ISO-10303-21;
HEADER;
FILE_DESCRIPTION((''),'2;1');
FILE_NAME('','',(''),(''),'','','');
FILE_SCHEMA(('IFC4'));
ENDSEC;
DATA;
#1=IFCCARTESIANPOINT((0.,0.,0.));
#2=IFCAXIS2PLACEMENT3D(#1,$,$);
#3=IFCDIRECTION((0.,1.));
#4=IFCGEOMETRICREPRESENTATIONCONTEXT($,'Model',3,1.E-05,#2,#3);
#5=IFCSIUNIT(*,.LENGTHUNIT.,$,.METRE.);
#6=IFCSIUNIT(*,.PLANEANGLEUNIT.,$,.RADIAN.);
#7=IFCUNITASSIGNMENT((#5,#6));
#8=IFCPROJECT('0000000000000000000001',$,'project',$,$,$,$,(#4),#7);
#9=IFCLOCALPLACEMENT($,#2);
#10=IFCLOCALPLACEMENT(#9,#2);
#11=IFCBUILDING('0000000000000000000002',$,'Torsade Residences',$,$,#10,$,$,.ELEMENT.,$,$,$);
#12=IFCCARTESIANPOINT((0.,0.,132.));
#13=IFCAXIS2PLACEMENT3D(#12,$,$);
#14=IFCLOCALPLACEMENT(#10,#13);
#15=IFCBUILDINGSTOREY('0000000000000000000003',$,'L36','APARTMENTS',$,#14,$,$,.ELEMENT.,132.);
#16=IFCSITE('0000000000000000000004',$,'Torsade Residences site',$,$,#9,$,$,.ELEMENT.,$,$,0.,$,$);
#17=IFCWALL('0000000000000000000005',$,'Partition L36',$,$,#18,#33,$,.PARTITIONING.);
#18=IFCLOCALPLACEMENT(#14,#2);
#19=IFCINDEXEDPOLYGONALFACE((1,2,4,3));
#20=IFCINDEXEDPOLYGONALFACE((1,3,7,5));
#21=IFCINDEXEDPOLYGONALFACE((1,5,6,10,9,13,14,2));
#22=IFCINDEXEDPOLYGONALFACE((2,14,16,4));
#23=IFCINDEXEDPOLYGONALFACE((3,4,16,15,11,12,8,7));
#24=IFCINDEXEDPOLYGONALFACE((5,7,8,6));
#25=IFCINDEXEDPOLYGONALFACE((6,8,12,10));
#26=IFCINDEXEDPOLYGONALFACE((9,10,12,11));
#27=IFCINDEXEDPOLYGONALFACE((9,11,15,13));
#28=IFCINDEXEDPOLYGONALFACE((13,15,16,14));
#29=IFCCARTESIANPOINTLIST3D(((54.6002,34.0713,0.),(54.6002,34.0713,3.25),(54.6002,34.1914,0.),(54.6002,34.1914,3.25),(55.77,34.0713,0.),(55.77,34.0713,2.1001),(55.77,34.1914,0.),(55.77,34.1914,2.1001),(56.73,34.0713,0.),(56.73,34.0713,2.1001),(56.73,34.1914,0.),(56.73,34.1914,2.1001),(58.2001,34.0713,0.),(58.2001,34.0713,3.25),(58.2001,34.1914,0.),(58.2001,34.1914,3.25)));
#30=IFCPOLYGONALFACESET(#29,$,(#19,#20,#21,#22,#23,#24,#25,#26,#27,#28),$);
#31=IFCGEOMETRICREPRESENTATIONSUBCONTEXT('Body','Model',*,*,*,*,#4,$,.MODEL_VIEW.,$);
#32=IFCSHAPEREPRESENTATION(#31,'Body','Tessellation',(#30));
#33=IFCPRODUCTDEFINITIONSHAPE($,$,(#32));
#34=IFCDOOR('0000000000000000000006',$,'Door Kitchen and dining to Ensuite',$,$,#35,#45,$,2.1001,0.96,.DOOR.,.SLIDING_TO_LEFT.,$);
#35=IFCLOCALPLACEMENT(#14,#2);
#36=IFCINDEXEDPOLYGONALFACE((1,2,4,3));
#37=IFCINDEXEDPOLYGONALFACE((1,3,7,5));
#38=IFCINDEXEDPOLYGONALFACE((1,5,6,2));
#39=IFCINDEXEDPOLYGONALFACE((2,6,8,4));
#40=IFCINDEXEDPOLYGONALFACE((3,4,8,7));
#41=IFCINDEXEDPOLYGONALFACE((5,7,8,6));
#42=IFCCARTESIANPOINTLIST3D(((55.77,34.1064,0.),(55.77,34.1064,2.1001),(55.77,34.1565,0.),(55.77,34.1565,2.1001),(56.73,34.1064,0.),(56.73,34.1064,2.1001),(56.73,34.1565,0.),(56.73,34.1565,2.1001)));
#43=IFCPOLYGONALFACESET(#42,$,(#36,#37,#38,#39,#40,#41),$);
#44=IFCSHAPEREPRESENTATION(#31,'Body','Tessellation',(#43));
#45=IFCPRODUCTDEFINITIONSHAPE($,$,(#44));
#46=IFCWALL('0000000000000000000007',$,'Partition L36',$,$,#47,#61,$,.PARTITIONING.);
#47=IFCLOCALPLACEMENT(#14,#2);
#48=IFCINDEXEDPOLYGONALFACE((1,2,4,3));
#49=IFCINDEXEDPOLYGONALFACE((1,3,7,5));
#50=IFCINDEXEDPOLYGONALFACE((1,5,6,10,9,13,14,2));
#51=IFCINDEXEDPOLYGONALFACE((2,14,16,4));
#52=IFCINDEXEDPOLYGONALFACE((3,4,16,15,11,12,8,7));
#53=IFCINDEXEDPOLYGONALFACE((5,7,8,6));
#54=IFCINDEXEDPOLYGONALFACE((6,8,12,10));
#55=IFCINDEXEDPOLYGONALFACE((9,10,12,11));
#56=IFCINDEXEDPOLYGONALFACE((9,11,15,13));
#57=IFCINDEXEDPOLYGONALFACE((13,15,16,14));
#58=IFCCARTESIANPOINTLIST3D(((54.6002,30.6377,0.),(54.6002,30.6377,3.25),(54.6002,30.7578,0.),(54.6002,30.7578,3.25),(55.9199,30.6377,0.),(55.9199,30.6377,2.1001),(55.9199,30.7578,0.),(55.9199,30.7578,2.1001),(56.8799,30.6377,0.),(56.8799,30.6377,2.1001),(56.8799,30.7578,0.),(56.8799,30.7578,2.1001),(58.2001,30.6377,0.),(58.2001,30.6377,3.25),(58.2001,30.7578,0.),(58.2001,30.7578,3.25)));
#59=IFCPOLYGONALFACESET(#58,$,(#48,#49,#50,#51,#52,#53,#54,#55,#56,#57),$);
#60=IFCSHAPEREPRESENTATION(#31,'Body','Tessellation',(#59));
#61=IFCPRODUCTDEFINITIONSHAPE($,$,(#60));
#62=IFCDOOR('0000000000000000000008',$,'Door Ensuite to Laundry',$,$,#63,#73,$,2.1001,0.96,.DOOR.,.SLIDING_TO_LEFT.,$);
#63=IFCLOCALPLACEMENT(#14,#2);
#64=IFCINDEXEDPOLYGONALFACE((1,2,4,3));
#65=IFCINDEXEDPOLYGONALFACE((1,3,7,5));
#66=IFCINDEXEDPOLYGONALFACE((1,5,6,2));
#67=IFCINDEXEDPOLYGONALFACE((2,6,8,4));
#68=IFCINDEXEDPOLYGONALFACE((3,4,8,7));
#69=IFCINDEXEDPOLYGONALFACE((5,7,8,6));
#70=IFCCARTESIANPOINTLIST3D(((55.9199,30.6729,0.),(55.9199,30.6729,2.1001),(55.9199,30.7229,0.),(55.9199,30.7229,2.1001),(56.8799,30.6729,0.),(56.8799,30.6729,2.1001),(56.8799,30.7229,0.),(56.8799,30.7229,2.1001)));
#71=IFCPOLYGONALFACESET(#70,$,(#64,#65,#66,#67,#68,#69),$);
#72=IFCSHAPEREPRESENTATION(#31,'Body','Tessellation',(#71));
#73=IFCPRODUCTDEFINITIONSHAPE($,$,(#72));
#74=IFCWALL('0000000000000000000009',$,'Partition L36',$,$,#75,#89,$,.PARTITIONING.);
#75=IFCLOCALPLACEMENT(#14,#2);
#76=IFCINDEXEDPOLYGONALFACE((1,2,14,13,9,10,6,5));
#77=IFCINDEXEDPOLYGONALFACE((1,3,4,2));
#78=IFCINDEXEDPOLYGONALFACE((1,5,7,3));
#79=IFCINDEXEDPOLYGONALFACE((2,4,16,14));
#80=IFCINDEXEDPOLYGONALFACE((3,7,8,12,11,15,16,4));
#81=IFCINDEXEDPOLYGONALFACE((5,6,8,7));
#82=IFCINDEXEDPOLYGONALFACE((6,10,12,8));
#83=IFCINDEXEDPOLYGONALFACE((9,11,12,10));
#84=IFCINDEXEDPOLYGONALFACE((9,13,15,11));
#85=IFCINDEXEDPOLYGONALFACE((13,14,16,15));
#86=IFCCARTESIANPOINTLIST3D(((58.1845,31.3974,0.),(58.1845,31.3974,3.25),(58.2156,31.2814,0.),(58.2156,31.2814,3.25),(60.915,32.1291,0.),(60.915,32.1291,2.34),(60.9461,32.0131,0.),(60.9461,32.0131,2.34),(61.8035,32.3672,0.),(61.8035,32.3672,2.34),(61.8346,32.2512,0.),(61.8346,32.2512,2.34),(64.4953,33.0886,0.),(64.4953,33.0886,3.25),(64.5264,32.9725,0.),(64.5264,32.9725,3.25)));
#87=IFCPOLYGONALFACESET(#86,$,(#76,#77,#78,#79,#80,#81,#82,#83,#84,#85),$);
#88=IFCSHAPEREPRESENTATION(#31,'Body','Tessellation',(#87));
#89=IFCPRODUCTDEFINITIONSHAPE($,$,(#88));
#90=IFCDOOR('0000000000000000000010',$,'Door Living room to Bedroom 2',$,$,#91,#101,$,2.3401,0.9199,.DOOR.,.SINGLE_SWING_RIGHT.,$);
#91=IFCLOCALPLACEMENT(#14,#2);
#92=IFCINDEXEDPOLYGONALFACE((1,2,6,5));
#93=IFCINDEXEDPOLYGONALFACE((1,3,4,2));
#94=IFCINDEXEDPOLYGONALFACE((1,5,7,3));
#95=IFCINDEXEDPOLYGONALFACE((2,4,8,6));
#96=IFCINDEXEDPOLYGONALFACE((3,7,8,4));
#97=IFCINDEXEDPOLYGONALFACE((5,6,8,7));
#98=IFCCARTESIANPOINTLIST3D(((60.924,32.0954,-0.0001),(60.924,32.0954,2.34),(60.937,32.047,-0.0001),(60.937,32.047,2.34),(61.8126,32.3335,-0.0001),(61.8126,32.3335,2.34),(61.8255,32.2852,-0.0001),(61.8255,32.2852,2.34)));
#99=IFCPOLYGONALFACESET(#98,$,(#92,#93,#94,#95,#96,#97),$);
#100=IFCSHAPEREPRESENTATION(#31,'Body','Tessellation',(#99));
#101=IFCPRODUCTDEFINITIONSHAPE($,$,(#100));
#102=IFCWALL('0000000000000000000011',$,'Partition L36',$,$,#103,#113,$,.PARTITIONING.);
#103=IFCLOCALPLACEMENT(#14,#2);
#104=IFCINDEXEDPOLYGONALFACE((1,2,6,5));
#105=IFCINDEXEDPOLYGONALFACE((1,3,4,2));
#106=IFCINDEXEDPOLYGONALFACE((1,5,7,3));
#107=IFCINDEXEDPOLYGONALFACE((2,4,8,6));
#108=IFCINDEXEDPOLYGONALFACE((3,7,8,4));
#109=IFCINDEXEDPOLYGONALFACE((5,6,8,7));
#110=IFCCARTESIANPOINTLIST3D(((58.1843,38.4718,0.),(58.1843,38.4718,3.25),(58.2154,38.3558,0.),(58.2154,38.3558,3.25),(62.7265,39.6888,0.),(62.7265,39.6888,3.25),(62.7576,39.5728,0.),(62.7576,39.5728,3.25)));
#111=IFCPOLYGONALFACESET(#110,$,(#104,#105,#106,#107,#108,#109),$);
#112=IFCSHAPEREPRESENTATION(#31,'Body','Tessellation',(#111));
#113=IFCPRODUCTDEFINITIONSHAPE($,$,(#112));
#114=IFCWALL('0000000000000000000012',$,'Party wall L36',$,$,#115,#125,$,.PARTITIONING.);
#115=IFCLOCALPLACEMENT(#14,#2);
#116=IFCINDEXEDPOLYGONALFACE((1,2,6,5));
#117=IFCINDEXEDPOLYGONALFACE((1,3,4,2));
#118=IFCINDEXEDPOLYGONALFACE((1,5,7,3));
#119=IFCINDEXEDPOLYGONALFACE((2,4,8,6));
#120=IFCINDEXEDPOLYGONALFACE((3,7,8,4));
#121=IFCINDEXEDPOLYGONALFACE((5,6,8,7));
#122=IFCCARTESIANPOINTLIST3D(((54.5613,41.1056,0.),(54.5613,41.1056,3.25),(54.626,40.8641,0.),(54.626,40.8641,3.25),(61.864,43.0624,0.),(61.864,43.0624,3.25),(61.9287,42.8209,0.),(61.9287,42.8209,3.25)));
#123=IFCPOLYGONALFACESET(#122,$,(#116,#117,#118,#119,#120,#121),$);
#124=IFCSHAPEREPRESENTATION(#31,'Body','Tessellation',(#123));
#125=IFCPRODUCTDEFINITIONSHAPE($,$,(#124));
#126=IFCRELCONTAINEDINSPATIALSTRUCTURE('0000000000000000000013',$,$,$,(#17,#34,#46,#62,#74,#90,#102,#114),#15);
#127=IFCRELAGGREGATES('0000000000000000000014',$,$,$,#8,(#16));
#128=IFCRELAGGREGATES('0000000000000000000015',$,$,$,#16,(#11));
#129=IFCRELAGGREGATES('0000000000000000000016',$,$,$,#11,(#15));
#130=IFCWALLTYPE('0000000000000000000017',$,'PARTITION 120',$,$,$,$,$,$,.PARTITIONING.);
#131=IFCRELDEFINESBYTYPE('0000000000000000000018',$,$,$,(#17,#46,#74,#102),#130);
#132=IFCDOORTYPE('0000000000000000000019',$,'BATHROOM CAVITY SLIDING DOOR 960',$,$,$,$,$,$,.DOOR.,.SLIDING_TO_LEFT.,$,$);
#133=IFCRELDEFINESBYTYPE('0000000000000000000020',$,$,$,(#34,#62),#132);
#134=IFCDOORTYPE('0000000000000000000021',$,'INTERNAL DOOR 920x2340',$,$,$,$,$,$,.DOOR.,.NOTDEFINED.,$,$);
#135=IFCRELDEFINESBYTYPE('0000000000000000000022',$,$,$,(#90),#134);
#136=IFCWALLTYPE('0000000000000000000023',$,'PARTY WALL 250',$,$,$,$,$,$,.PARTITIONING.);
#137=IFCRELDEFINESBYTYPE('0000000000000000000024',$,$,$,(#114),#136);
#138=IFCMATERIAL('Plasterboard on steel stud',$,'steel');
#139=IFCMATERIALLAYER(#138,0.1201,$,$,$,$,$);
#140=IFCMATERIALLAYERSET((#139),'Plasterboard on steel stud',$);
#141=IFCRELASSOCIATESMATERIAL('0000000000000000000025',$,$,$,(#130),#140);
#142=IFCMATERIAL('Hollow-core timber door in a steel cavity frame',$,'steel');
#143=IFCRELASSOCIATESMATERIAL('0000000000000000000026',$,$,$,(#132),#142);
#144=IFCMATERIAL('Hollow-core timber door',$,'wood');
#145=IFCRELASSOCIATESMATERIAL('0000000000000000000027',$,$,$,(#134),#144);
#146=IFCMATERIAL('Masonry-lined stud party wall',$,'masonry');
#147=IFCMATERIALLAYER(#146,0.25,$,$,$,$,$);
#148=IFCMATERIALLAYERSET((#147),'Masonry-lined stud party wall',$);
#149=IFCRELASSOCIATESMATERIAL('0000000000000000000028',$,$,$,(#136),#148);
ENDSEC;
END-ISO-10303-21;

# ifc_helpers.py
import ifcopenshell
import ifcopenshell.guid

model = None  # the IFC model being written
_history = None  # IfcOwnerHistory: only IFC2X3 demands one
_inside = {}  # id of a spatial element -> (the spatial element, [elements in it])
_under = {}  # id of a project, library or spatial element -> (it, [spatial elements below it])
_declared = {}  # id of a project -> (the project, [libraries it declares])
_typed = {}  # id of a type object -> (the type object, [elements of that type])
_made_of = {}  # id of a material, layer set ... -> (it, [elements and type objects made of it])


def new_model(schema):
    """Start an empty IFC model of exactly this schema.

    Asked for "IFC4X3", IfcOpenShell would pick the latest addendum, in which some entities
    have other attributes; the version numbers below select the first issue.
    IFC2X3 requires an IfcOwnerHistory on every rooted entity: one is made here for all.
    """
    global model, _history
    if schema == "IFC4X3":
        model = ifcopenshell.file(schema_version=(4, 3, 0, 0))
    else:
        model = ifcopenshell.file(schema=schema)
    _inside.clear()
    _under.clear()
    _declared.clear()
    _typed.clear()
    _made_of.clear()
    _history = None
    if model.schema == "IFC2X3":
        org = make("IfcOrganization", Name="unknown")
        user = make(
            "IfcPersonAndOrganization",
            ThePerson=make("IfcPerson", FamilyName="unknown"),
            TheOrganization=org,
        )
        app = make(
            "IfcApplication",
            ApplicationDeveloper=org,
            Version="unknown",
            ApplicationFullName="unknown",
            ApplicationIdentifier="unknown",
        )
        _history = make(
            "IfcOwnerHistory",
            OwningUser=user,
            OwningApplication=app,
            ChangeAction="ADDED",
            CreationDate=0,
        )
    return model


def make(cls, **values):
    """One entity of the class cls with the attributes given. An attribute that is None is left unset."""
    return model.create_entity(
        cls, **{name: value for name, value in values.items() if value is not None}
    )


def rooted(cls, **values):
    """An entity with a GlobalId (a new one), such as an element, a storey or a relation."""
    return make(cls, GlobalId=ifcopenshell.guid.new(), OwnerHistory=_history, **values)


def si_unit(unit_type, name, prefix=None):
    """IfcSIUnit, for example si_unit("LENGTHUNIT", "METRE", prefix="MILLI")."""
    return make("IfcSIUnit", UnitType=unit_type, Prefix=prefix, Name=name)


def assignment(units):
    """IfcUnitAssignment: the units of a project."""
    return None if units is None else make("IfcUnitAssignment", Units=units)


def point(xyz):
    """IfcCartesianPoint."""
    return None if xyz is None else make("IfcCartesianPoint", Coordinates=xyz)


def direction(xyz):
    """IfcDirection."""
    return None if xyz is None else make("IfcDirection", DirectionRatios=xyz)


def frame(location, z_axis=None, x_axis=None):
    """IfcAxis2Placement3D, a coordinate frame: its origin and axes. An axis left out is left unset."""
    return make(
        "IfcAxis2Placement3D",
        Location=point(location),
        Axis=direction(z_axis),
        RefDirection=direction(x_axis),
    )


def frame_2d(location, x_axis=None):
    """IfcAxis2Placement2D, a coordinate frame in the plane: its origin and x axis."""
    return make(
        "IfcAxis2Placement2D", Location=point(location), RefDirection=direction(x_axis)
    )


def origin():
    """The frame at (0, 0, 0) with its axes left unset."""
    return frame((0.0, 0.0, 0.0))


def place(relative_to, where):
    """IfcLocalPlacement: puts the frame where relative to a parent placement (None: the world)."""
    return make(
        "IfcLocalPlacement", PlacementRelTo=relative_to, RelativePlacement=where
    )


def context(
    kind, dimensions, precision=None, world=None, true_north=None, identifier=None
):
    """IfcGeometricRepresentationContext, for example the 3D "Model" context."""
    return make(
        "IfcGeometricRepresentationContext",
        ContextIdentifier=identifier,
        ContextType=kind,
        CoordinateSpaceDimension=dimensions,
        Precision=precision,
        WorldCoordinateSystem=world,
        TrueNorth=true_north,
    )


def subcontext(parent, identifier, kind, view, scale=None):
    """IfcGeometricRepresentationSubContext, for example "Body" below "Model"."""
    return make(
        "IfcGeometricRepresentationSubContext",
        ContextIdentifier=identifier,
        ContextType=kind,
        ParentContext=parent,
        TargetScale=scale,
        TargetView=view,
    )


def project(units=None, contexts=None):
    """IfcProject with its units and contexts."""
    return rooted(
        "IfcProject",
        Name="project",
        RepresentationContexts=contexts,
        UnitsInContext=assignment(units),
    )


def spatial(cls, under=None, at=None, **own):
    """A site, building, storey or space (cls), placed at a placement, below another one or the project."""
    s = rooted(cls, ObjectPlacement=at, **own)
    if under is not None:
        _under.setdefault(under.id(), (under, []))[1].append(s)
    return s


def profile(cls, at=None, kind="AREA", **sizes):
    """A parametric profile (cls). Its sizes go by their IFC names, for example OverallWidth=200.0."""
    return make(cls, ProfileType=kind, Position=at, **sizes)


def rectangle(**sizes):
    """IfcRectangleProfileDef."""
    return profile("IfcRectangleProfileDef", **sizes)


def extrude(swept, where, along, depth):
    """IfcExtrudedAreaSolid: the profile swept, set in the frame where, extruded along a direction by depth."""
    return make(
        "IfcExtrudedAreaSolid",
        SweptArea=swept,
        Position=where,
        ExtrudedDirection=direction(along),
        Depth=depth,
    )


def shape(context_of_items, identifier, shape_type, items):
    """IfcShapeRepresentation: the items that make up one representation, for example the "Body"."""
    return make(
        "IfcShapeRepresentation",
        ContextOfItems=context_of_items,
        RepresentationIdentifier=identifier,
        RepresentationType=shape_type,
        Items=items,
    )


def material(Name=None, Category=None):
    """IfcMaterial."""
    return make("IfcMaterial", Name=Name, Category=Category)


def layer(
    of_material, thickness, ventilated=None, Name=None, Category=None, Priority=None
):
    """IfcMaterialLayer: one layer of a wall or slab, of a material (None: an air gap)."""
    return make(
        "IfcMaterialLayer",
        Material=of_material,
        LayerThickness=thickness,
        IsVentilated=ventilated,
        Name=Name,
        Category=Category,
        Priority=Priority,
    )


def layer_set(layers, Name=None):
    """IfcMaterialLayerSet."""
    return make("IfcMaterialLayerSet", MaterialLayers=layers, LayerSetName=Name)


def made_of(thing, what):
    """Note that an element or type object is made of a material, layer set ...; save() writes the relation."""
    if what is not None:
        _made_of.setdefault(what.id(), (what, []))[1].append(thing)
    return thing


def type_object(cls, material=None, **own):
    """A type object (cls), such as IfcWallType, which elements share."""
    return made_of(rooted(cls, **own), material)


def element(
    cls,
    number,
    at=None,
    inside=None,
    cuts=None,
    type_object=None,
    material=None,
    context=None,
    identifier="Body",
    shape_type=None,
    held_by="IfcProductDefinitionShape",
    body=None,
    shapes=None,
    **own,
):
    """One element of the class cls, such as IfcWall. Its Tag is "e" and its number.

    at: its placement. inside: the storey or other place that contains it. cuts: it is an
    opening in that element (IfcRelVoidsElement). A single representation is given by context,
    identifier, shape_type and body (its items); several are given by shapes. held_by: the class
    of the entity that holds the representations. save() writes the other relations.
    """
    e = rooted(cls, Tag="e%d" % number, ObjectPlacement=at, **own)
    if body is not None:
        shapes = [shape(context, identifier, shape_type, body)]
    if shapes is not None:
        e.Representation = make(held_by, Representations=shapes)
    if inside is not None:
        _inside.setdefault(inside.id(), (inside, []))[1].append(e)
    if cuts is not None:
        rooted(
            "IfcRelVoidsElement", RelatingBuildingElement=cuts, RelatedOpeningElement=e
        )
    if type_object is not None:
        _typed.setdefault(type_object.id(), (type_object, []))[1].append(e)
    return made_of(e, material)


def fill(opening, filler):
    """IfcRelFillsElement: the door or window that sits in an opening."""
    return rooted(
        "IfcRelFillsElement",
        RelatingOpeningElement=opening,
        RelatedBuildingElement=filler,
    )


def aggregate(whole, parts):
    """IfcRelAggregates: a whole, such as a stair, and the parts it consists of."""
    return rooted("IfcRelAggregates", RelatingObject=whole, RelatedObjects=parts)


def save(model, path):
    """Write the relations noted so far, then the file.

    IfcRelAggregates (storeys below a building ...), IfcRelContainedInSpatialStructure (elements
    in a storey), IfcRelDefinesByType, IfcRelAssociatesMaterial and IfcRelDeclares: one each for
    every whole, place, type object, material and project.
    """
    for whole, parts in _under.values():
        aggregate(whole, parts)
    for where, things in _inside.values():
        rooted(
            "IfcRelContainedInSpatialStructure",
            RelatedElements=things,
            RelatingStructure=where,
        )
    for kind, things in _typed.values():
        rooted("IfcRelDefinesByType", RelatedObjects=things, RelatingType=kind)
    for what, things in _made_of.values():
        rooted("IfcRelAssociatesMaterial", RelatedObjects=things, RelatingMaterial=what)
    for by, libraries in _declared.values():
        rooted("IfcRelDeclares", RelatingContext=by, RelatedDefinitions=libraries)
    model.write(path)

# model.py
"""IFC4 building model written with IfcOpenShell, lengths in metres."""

from ifc_helpers import new_model, si_unit, direction, frame, frame_2d, origin, place, context, subcontext, project, spatial, rectangle, extrude, material, layer, layer_set, type_object, element, fill, save


model = new_model("IFC4")

# Units and contexts
model_context = context("Model", 3, precision=1e-05, world=origin(), true_north=direction((0.0, 1.0)))
body_context = subcontext(model_context, "Body", "Model", "MODEL_VIEW")
ifc_project = project(units=[si_unit("LENGTHUNIT", "METRE"), si_unit("PLANEANGLEUNIT", "RADIAN")], contexts=[model_context])

# Site, building, storey
site_placement = place(None, origin())
site = spatial("IfcSite", under=ifc_project, at=site_placement, Name="Torsade Residences site", CompositionType="ELEMENT", RefElevation=0.0)
building_placement = place(site_placement, origin())
building = spatial("IfcBuilding", under=site, at=building_placement, Name="Torsade Residences", CompositionType="ELEMENT")
storey_placement = place(building_placement, frame((0.0, 0.0, 132.0)))
storey = spatial("IfcBuildingStorey", under=building, at=storey_placement, Name="L36", Description="APARTMENTS", CompositionType="ELEMENT", Elevation=132.0)

# Walls, openings, doors
ifc_material_1 = material(Name="Plasterboard on steel stud", Category="steel")
ifc_layer_1 = layer(ifc_material_1, 0.1201)
ifc_layer_set_1 = layer_set([ifc_layer_1], Name="Plasterboard on steel stud")
wall_type_1 = type_object("IfcWallType", Name="PARTITION 120", PredefinedType="PARTITIONING", material=ifc_layer_set_1)
wall_1_placement = place(storey_placement, frame((58.2, 34.1313, 0.0), z_axis=(0.0, 0.0, 1.0), x_axis=(-1.0, 0.0, 0.0)))
wall_1 = element("IfcWall", 1, at=wall_1_placement, inside=storey, type_object=wall_type_1, Name="Partition L36", PredefinedType="PARTITIONING", context=body_context, shape_type="SweptSolid", body=[
    extrude(rectangle(XDim=3.5999, YDim=0.1201, at=frame_2d((1.7998, 0.0))), origin(), (0.0, 0.0, 1.0), 3.25),
])
opening_1_placement = place(wall_1_placement, frame((1.47, 0.0, 0.0)))
opening_1 = element("IfcOpeningElement", 2, at=opening_1_placement, cuts=wall_1, PredefinedType="OPENING", context=body_context, shape_type="SweptSolid", body=[
    extrude(rectangle(XDim=0.96, YDim=2.1001, at=frame_2d((0.48, 1.05))), frame((0.0, 0.0701, 0.0), z_axis=(0.0, -1.0, 0.0), x_axis=(1.0, 0.0, 0.0)), (0.0, 0.0, 1.0), 0.1401),
])
ifc_material_2 = material(Name="Hollow-core timber door in a steel cavity frame", Category="steel")
door_type_1 = type_object("IfcDoorType", Name="BATHROOM CAVITY SLIDING DOOR 960", OperationType="SLIDING_TO_LEFT", PredefinedType="DOOR", material=ifc_material_2)
door_1_placement = place(opening_1_placement, origin())
door_1 = element("IfcDoor", 3, at=door_1_placement, inside=storey, type_object=door_type_1, Name="Door Kitchen and dining to Ensuite", OperationType="SLIDING_TO_LEFT", OverallHeight=2.1001, OverallWidth=0.96, PredefinedType="DOOR", context=body_context, shape_type="SweptSolid", body=[
    extrude(rectangle(XDim=0.96, YDim=2.1001, at=frame_2d((0.48, 1.05))), frame((0.0, 0.0249, 0.0), z_axis=(0.0, -1.0, 0.0), x_axis=(1.0, 0.0, 0.0)), (0.0, 0.0, 1.0), 0.05),
])
fill(opening_1, door_1)
wall_2_placement = place(storey_placement, frame((58.2, 30.6978, 0.0), z_axis=(0.0, 0.0, 1.0), x_axis=(-1.0, 0.0, 0.0)))
wall_2 = element("IfcWall", 4, at=wall_2_placement, inside=storey, type_object=wall_type_1, Name="Partition L36", PredefinedType="PARTITIONING", context=body_context, shape_type="SweptSolid", body=[
    extrude(rectangle(XDim=3.5999, YDim=0.1201, at=frame_2d((1.7998, 0.0))), origin(), (0.0, 0.0, 1.0), 3.25),
])
opening_2_placement = place(wall_2_placement, frame((1.3201, 0.0, 0.0)))
opening_2 = element("IfcOpeningElement", 5, at=opening_2_placement, cuts=wall_2, PredefinedType="OPENING", context=body_context, shape_type="SweptSolid", body=[
    extrude(rectangle(XDim=0.96, YDim=2.1001, at=frame_2d((0.48, 1.05))), frame((0.0, 0.0701, 0.0), z_axis=(0.0, -1.0, 0.0), x_axis=(1.0, 0.0, 0.0)), (0.0, 0.0, 1.0), 0.1401),
])
door_2_placement = place(opening_2_placement, origin())
door_2 = element("IfcDoor", 6, at=door_2_placement, inside=storey, type_object=door_type_1, Name="Door Ensuite to Laundry", OperationType="SLIDING_TO_LEFT", OverallHeight=2.1001, OverallWidth=0.96, PredefinedType="DOOR", context=body_context, shape_type="SweptSolid", body=[
    extrude(rectangle(XDim=0.96, YDim=2.1001, at=frame_2d((0.48, 1.05))), frame((0.0, 0.0249, 0.0), z_axis=(0.0, -1.0, 0.0), x_axis=(1.0, 0.0, 0.0)), (0.0, 0.0, 1.0), 0.05),
])
fill(opening_2, door_2)
wall_3_placement = place(storey_placement, frame((64.5107, 33.0305, 0.0), z_axis=(0.0, 0.0, 1.0), x_axis=(-0.965919, -0.258846, 0.0)))
wall_3 = element("IfcWall", 7, at=wall_3_placement, inside=storey, type_object=wall_type_1, Name="Partition L36", PredefinedType="PARTITIONING", context=body_context, shape_type="SweptSolid", body=[
    extrude(rectangle(XDim=6.5334, YDim=0.1201, at=frame_2d((3.2666, 0.0))), origin(), (0.0, 0.0, 1.0), 3.25),
])
opening_3_placement = place(wall_3_placement, frame((2.7866, 0.0, 0.0)))
opening_3 = element("IfcOpeningElement", 8, at=opening_3_placement, cuts=wall_3, PredefinedType="OPENING", context=body_context, shape_type="SweptSolid", body=[
    extrude(rectangle(XDim=0.9199, YDim=2.3401, at=frame_2d((0.46, 1.1699))), frame((0.0, 0.0701, 0.0), z_axis=(0.0, -1.0, 0.0), x_axis=(1.0, 0.0, 0.0)), (0.0, 0.0, 1.0), 0.1401),
])
ifc_material_3 = material(Name="Hollow-core timber door", Category="wood")
door_type_2 = type_object("IfcDoorType", Name="INTERNAL DOOR 920x2340", OperationType="NOTDEFINED", PredefinedType="DOOR", material=ifc_material_3)
door_3_placement = place(opening_3_placement, origin())
door_3 = element("IfcDoor", 9, at=door_3_placement, inside=storey, type_object=door_type_2, Name="Door Living room to Bedroom 2", OperationType="SINGLE_SWING_RIGHT", OverallHeight=2.3401, OverallWidth=0.9199, PredefinedType="DOOR", context=body_context, shape_type="SweptSolid", body=[
    extrude(rectangle(XDim=0.9199, YDim=2.3401, at=frame_2d((0.46, 1.1699))), frame((0.0, 0.0249, 0.0), z_axis=(0.0, -1.0, 0.0), x_axis=(1.0, 0.0, 0.0)), (0.0, 0.0, 1.0), 0.05),
])
fill(opening_3, door_3)

# Walls
wall_4_placement = place(storey_placement, frame((58.2, 38.4138, 0.0), z_axis=(0.0, 0.0, 1.0), x_axis=(0.965928, 0.25881, 0.0)))
element("IfcWall", 10, at=wall_4_placement, inside=storey, type_object=wall_type_1, Name="Partition L36", PredefinedType="PARTITIONING", context=body_context, shape_type="SweptSolid", body=[
    extrude(rectangle(XDim=4.7024, YDim=0.1201, at=frame_2d((2.3511, 0.0))), origin(), (0.0, 0.0, 1.0), 3.25),
])
ifc_material_4 = material(Name="Masonry-lined stud party wall", Category="masonry")
ifc_layer_2 = layer(ifc_material_4, 0.25)
ifc_layer_set_2 = layer_set([ifc_layer_2], Name="Masonry-lined stud party wall")
wall_type_2 = type_object("IfcWallType", Name="PARTY WALL 250", PredefinedType="PARTITIONING", material=ifc_layer_set_2)
wall_5_placement = place(storey_placement, frame((61.8965, 42.9417, 0.0), z_axis=(0.0, 0.0, 1.0), x_axis=(-0.965925, -0.258822, 0.0)))
element("IfcWall", 11, at=wall_5_placement, inside=storey, type_object=wall_type_2, Name="Party wall L36", PredefinedType="PARTITIONING", context=body_context, shape_type="SweptSolid", body=[
    extrude(rectangle(XDim=7.5603, YDim=0.25, at=frame_2d((3.7803, 0.0))), origin(), (0.0, 0.0, 1.0), 3.25),
])

save(model, "model.ifc")
